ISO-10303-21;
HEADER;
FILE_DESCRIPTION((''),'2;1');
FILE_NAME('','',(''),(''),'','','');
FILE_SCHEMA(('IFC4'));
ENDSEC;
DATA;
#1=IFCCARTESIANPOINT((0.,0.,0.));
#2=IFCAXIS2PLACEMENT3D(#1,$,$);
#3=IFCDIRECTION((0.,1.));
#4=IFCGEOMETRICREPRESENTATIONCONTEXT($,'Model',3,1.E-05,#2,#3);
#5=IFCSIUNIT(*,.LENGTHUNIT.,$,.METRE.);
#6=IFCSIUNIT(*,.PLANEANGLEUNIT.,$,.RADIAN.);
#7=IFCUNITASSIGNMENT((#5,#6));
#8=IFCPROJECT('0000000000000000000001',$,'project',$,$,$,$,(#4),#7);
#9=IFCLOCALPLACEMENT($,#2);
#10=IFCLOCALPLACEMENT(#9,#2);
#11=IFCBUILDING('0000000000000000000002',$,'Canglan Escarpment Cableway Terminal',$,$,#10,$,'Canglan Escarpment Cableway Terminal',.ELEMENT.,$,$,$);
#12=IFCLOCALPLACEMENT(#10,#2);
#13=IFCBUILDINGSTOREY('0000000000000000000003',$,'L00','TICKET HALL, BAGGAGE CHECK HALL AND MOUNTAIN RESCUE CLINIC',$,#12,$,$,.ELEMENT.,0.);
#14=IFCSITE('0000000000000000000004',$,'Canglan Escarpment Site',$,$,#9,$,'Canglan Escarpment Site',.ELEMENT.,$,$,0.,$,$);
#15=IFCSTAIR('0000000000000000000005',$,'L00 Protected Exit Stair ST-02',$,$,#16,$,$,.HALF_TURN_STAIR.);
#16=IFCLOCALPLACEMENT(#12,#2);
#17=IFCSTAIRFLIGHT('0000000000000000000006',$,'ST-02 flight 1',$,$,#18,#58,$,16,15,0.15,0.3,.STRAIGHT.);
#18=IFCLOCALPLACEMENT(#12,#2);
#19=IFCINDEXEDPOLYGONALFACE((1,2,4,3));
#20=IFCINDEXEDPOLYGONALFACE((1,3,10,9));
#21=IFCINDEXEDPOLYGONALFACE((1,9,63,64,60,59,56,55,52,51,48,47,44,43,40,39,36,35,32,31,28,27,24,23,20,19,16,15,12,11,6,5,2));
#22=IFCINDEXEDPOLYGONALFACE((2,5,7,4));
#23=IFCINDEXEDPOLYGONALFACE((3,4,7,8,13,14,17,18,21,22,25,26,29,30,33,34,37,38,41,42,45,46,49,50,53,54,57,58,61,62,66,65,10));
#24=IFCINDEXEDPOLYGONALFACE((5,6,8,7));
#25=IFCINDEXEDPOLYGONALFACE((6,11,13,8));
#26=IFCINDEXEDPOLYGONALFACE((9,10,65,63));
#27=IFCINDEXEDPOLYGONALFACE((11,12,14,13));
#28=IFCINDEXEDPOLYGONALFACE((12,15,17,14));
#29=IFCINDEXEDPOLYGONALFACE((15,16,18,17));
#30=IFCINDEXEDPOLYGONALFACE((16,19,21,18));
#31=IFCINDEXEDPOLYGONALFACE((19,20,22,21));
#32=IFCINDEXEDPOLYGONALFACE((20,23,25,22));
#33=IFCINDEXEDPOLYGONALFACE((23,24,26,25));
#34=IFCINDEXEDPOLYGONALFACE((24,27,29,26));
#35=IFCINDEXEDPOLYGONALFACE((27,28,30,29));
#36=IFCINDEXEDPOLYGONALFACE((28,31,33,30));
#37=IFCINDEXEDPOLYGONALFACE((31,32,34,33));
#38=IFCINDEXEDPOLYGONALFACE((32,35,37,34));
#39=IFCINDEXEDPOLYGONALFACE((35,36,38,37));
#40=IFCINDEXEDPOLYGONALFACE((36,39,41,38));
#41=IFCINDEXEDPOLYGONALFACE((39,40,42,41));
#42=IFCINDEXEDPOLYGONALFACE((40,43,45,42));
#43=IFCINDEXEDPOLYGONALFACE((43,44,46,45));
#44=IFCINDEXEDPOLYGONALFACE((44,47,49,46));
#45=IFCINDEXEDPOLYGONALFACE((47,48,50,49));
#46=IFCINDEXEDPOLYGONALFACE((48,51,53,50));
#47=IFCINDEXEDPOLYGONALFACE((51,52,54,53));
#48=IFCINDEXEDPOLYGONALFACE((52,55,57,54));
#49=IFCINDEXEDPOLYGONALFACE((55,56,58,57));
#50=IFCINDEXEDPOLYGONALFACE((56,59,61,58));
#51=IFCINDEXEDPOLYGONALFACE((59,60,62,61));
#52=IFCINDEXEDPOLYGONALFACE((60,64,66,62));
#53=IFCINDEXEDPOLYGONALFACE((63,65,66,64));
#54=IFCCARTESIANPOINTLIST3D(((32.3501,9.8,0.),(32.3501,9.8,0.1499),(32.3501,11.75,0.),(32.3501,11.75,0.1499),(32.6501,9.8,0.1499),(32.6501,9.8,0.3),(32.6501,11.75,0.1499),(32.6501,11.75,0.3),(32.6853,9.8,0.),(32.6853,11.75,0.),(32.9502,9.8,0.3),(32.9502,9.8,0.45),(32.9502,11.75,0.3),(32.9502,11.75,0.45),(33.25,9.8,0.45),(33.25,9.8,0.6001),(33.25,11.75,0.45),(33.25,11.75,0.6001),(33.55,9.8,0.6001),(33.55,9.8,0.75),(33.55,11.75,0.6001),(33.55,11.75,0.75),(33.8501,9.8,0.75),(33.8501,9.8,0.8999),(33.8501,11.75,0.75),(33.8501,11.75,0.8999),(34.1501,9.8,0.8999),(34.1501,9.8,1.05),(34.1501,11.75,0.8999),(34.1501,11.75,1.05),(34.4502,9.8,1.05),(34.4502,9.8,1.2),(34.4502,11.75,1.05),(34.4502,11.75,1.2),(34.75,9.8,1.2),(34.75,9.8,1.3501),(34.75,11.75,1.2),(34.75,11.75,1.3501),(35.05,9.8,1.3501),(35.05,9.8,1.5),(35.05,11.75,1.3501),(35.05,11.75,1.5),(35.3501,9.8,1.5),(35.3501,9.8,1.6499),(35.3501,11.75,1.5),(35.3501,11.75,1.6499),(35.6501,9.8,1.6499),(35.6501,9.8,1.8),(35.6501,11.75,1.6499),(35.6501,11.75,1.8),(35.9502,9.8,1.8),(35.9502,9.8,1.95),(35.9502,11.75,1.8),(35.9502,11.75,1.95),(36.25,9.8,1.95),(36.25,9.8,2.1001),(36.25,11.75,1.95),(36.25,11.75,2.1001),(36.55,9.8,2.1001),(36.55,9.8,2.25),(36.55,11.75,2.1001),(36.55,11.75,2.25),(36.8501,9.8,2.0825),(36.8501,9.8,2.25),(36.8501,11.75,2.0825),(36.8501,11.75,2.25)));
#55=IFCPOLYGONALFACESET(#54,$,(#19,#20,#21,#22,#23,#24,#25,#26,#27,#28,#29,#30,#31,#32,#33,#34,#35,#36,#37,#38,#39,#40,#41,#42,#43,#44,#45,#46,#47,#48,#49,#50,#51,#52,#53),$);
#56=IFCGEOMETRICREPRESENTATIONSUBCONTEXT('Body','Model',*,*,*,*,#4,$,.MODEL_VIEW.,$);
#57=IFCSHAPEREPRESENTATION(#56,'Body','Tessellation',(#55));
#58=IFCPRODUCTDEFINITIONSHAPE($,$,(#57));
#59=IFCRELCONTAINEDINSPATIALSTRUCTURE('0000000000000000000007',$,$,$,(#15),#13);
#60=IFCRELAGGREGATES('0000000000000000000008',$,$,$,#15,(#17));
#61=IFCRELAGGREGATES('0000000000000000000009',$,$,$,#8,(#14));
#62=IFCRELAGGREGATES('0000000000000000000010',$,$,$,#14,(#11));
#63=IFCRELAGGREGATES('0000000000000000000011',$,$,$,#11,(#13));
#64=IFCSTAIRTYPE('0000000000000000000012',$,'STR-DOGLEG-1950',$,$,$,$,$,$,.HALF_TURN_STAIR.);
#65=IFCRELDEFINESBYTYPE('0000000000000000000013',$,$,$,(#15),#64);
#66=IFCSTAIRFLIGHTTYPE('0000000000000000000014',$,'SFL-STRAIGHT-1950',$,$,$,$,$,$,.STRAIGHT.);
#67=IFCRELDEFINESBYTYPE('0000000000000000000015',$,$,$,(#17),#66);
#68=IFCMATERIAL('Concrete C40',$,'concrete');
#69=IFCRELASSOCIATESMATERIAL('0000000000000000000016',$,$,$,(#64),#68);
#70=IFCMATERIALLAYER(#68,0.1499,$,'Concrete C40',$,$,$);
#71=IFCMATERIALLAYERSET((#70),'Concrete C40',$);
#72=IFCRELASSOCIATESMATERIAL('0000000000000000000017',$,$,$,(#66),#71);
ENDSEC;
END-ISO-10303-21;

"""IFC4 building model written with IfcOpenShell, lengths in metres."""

from ifc_helpers import new_model, si_unit, direction, frame, origin, place, context, subcontext, project, spatial, polyline, outline, extrude, material, layer, layer_set, type_object, element, aggregate, save


model = new_model("IFC4")

# Units and contexts
model_context = context("Model", 3, precision=1e-05, world=origin(), true_north=direction((0.0, 1.0)))
body_context = subcontext(model_context, "Body", "Model", "MODEL_VIEW")
ifc_project = project(units=[si_unit("LENGTHUNIT", "METRE"), si_unit("PLANEANGLEUNIT", "RADIAN")], contexts=[model_context])

# Site, building, storey
site_placement = place(None, origin())
site = spatial("IfcSite", under=ifc_project, at=site_placement, Name="Canglan Escarpment Site", LongName="Canglan Escarpment Site", CompositionType="ELEMENT", RefElevation=0.0)
building_placement = place(site_placement, origin())
building = spatial("IfcBuilding", under=site, at=building_placement, Name="Canglan Escarpment Cableway Terminal", LongName="Canglan Escarpment Cableway Terminal", CompositionType="ELEMENT")
storey_placement = place(building_placement, origin())
storey = spatial("IfcBuildingStorey", under=building, at=storey_placement, Name="L00", Description="TICKET HALL, BAGGAGE CHECK HALL AND MOUNTAIN RESCUE CLINIC", CompositionType="ELEMENT", Elevation=0.0)

# Shared definitions
ifc_material_1 = material(Name="Concrete C40", Category="concrete")

# Stair, stair flight
stair_type = type_object("IfcStairType", Name="STR-DOGLEG-1950", PredefinedType="HALF_TURN_STAIR", material=ifc_material_1)
stair_placement = place(storey_placement, origin())
stair = element("IfcStair", 1, at=stair_placement, inside=storey, type_object=stair_type, Name="L00 Protected Exit Stair ST-02", PredefinedType="HALF_TURN_STAIR")
ifc_layer_1 = layer(ifc_material_1, 0.1499, Name="Concrete C40")
ifc_layer_set_1 = layer_set([ifc_layer_1], Name="Concrete C40")
stair_flight_type = type_object("IfcStairFlightType", Name="SFL-STRAIGHT-1950", PredefinedType="STRAIGHT", material=ifc_layer_set_1)
stair_flight_placement = place(storey_placement, frame((32.3501, 10.7749, 0.0), z_axis=(0.0, 0.0, 1.0), x_axis=(1.0, 0.0, 0.0)))
stair_flight = element("IfcStairFlight", 2, at=stair_flight_placement, type_object=stair_flight_type, Name="ST-02 flight 1", NumberOfRisers=16, NumberOfTreads=15, PredefinedType="STRAIGHT", RiserHeight=0.15, TreadLength=0.3, context=body_context, shape_type="SweptSolid", body=[
    extrude(outline(polyline([(0.0, 0.0), (0.0, 0.1499), (0.3, 0.1499), (0.3, 0.3), (0.6001, 0.3), (0.6001, 0.45), (0.8999, 0.45), (0.8999, 0.6001), (1.2, 0.6001), (1.2, 0.75), (1.5, 0.75), (1.5, 0.8999), (1.8, 0.8999), (1.8, 1.05), (2.1001, 1.05), (2.1001, 1.2), (2.3999, 1.2), (2.3999, 1.3501), (2.7, 1.3501), (2.7, 1.5), (3.0, 1.5), (3.0, 1.6499), (3.3, 1.6499), (3.3, 1.8), (3.6001, 1.8), (3.6001, 1.95), (3.8999, 1.95), (3.8999, 2.1001), (4.2, 2.1001), (4.2, 2.25), (4.5, 2.25), (4.5, 2.3999), (4.5, 2.0825), (0.3352, 0.0), (0.0, 0.0)])), frame((0.0, 0.9751, 0.0), z_axis=(0.0, -1.0, 0.0), x_axis=(1.0, 0.0, 0.0)), (0.0, 0.0, 1.0), 1.95),
])
aggregate(stair, [stair_flight])

save(model, "model.ifc")
